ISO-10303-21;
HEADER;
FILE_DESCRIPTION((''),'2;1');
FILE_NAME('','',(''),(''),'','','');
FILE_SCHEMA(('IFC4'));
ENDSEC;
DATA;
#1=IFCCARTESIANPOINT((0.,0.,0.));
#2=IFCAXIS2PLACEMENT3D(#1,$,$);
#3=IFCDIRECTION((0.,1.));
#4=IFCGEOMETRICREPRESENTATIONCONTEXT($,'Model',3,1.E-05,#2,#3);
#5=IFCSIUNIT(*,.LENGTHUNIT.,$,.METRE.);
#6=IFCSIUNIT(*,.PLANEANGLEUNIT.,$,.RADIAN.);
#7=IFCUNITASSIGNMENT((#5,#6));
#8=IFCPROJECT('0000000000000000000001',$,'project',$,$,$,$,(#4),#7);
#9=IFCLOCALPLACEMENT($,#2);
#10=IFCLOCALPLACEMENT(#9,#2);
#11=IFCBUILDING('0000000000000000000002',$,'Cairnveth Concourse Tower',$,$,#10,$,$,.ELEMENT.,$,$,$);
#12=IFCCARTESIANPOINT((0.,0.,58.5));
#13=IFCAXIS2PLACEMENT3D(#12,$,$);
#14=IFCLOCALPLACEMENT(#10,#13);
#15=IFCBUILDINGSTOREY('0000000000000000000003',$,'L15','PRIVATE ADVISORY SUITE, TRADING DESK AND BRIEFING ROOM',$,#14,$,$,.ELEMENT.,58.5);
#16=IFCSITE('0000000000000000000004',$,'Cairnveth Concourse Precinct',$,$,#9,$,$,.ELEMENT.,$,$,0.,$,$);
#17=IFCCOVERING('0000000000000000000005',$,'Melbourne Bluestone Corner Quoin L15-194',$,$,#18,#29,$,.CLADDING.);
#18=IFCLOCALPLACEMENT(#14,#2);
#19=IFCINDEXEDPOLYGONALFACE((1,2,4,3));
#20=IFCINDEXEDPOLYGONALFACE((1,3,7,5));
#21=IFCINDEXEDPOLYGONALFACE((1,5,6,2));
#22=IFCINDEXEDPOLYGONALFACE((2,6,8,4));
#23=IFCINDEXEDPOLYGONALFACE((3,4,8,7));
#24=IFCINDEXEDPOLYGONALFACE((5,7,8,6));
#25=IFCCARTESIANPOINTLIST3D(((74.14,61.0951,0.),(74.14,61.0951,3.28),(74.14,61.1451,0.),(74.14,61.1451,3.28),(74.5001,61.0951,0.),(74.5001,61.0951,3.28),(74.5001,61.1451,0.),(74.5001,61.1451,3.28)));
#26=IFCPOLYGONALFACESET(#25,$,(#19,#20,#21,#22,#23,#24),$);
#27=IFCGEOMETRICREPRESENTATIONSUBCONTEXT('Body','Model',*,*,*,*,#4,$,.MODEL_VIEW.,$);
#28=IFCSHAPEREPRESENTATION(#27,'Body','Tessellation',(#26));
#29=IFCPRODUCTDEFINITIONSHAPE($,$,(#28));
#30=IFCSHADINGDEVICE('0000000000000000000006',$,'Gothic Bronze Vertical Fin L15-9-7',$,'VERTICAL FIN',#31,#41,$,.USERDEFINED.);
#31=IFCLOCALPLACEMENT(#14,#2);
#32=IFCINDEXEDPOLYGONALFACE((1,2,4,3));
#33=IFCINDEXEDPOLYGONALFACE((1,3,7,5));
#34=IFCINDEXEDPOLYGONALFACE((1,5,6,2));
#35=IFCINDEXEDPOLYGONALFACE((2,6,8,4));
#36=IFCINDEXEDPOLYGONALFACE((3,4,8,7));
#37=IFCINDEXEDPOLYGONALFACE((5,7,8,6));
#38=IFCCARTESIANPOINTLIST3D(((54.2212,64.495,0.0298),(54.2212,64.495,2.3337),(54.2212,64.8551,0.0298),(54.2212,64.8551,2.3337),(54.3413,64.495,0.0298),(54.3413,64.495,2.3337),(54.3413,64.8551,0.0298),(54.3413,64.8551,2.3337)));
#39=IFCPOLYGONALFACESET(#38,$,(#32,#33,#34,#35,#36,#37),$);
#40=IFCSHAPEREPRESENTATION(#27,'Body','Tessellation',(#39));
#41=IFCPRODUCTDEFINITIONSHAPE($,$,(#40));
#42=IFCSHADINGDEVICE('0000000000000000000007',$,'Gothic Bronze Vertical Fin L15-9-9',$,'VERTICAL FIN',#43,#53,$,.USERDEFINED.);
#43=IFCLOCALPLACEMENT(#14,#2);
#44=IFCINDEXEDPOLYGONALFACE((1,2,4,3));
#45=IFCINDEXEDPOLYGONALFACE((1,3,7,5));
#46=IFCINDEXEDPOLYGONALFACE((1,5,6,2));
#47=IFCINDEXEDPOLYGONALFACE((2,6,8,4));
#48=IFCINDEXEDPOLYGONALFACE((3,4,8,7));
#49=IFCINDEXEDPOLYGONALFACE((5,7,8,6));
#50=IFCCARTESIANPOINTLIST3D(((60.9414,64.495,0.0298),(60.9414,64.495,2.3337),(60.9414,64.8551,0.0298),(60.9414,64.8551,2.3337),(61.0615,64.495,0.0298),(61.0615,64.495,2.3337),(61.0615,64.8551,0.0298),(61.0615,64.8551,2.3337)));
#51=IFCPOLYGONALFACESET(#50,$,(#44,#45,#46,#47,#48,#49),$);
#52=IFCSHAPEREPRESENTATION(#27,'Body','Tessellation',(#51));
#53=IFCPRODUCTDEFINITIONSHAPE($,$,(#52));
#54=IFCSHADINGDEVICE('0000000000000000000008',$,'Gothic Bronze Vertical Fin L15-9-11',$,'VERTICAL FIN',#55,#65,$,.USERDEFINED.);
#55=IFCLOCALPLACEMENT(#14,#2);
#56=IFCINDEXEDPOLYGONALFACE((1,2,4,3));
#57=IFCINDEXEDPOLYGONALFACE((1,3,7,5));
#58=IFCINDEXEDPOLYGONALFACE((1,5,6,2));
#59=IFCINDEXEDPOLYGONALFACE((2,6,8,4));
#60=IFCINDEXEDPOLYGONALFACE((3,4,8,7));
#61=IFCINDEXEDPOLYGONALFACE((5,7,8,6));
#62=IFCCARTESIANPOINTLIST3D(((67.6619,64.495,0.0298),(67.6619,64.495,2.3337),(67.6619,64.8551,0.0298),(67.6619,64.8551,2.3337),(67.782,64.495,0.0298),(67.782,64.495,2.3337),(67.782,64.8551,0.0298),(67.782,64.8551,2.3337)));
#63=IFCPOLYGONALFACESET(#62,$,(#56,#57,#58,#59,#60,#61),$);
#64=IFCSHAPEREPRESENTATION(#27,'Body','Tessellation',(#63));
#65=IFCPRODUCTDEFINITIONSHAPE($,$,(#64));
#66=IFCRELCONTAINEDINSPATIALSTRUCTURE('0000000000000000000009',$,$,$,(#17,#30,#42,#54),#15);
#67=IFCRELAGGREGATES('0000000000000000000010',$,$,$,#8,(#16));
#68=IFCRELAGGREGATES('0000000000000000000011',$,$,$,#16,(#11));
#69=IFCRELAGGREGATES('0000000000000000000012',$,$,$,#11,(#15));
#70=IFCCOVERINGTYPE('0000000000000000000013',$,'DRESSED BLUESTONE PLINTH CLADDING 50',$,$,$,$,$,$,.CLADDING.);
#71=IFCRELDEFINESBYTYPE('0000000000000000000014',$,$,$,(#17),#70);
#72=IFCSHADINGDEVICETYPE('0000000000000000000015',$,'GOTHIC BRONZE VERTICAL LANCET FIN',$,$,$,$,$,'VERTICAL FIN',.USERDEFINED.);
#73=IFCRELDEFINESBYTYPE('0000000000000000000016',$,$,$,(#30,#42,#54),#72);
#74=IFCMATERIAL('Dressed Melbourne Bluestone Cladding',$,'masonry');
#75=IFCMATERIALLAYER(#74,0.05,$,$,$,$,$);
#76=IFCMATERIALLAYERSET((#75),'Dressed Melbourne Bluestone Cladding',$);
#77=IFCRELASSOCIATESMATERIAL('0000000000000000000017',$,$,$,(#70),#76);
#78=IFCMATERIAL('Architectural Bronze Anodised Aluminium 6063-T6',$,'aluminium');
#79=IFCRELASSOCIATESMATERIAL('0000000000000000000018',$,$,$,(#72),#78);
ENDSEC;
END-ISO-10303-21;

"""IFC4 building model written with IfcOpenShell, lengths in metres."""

from ifc_helpers import new_model, si_unit, direction, frame, frame_2d, origin, origin_2d, place, context, subcontext, project, spatial, rectangle, extrude, material, layer, layer_set, type_object, element, save


model = new_model("IFC4")

# Units and contexts
model_context = context("Model", 3, precision=1e-05, world=origin(), true_north=direction((0.0, 1.0)))
body_context = subcontext(model_context, "Body", "Model", "MODEL_VIEW")
ifc_project = project(units=[si_unit("LENGTHUNIT", "METRE"), si_unit("PLANEANGLEUNIT", "RADIAN")], contexts=[model_context])

# Site, building, storey
site_placement = place(None, origin())
site = spatial("IfcSite", under=ifc_project, at=site_placement, Name="Cairnveth Concourse Precinct", CompositionType="ELEMENT", RefElevation=0.0)
building_placement = place(site_placement, origin())
building = spatial("IfcBuilding", under=site, at=building_placement, Name="Cairnveth Concourse Tower", CompositionType="ELEMENT")
storey_placement = place(building_placement, frame((0.0, 0.0, 58.5)))
storey = spatial("IfcBuildingStorey", under=building, at=storey_placement, Name="L15", Description="PRIVATE ADVISORY SUITE, TRADING DESK AND BRIEFING ROOM", CompositionType="ELEMENT", Elevation=58.5)

# Covering
ifc_material_1 = material(Name="Dressed Melbourne Bluestone Cladding", Category="masonry")
ifc_layer_1 = layer(ifc_material_1, 0.05)
ifc_layer_set_1 = layer_set([ifc_layer_1], Name="Dressed Melbourne Bluestone Cladding")
covering_type = type_object("IfcCoveringType", Name="DRESSED BLUESTONE PLINTH CLADDING 50", PredefinedType="CLADDING", material=ifc_layer_set_1)
for number, where, z_axis, x_axis, name in (
    (1, (74.1399, 61.1201, 0.0), (0.0, 0.0, 1.0), (1.0, 0.0, 0.0), "Melbourne Bluestone Corner Quoin L15-194"),
):
    element("IfcCovering", number, at=place(storey_placement, frame(where, z_axis=z_axis, x_axis=x_axis)), inside=storey, type_object=covering_type, Name=name, PredefinedType="CLADDING", context=body_context, shape_type="SweptSolid", body=[
        extrude(rectangle(XDim=0.3601, YDim=0.05, at=frame_2d((0.1802, 0.0))), origin(), (0.0, 0.0, 1.0), 3.28),
    ])

# Shading devices
ifc_material_2 = material(Name="Architectural Bronze Anodised Aluminium 6063-T6", Category="aluminium")
shading_device_type = type_object("IfcShadingDeviceType", Name="GOTHIC BRONZE VERTICAL LANCET FIN", ElementType="VERTICAL FIN", PredefinedType="USERDEFINED", material=ifc_material_2)
for number, where, z_axis, x_axis, name in (
    (2, (54.2812, 64.675, 0.0298), (0.0, 0.0, 1.0), (1.0, 0.0, 0.0), "Gothic Bronze Vertical Fin L15-9-7"),
    (3, (61.0015, 64.675, 0.0298), (0.0, 0.0, 1.0), (1.0, 0.0, 0.0), "Gothic Bronze Vertical Fin L15-9-9"),
    (4, (67.7219, 64.675, 0.0298), (0.0, 0.0, 1.0), (1.0, 0.0, 0.0), "Gothic Bronze Vertical Fin L15-9-11"),
):
    element("IfcShadingDevice", number, at=place(storey_placement, frame(where, z_axis=z_axis, x_axis=x_axis)), inside=storey, type_object=shading_device_type, Name=name, ObjectType="VERTICAL FIN", PredefinedType="USERDEFINED", context=body_context, shape_type="SweptSolid", body=[
        extrude(rectangle(XDim=0.1201, YDim=0.3601, at=origin_2d()), origin(), (0.0, 0.0, 1.0), 2.304),
    ])

save(model, "model.ifc")
